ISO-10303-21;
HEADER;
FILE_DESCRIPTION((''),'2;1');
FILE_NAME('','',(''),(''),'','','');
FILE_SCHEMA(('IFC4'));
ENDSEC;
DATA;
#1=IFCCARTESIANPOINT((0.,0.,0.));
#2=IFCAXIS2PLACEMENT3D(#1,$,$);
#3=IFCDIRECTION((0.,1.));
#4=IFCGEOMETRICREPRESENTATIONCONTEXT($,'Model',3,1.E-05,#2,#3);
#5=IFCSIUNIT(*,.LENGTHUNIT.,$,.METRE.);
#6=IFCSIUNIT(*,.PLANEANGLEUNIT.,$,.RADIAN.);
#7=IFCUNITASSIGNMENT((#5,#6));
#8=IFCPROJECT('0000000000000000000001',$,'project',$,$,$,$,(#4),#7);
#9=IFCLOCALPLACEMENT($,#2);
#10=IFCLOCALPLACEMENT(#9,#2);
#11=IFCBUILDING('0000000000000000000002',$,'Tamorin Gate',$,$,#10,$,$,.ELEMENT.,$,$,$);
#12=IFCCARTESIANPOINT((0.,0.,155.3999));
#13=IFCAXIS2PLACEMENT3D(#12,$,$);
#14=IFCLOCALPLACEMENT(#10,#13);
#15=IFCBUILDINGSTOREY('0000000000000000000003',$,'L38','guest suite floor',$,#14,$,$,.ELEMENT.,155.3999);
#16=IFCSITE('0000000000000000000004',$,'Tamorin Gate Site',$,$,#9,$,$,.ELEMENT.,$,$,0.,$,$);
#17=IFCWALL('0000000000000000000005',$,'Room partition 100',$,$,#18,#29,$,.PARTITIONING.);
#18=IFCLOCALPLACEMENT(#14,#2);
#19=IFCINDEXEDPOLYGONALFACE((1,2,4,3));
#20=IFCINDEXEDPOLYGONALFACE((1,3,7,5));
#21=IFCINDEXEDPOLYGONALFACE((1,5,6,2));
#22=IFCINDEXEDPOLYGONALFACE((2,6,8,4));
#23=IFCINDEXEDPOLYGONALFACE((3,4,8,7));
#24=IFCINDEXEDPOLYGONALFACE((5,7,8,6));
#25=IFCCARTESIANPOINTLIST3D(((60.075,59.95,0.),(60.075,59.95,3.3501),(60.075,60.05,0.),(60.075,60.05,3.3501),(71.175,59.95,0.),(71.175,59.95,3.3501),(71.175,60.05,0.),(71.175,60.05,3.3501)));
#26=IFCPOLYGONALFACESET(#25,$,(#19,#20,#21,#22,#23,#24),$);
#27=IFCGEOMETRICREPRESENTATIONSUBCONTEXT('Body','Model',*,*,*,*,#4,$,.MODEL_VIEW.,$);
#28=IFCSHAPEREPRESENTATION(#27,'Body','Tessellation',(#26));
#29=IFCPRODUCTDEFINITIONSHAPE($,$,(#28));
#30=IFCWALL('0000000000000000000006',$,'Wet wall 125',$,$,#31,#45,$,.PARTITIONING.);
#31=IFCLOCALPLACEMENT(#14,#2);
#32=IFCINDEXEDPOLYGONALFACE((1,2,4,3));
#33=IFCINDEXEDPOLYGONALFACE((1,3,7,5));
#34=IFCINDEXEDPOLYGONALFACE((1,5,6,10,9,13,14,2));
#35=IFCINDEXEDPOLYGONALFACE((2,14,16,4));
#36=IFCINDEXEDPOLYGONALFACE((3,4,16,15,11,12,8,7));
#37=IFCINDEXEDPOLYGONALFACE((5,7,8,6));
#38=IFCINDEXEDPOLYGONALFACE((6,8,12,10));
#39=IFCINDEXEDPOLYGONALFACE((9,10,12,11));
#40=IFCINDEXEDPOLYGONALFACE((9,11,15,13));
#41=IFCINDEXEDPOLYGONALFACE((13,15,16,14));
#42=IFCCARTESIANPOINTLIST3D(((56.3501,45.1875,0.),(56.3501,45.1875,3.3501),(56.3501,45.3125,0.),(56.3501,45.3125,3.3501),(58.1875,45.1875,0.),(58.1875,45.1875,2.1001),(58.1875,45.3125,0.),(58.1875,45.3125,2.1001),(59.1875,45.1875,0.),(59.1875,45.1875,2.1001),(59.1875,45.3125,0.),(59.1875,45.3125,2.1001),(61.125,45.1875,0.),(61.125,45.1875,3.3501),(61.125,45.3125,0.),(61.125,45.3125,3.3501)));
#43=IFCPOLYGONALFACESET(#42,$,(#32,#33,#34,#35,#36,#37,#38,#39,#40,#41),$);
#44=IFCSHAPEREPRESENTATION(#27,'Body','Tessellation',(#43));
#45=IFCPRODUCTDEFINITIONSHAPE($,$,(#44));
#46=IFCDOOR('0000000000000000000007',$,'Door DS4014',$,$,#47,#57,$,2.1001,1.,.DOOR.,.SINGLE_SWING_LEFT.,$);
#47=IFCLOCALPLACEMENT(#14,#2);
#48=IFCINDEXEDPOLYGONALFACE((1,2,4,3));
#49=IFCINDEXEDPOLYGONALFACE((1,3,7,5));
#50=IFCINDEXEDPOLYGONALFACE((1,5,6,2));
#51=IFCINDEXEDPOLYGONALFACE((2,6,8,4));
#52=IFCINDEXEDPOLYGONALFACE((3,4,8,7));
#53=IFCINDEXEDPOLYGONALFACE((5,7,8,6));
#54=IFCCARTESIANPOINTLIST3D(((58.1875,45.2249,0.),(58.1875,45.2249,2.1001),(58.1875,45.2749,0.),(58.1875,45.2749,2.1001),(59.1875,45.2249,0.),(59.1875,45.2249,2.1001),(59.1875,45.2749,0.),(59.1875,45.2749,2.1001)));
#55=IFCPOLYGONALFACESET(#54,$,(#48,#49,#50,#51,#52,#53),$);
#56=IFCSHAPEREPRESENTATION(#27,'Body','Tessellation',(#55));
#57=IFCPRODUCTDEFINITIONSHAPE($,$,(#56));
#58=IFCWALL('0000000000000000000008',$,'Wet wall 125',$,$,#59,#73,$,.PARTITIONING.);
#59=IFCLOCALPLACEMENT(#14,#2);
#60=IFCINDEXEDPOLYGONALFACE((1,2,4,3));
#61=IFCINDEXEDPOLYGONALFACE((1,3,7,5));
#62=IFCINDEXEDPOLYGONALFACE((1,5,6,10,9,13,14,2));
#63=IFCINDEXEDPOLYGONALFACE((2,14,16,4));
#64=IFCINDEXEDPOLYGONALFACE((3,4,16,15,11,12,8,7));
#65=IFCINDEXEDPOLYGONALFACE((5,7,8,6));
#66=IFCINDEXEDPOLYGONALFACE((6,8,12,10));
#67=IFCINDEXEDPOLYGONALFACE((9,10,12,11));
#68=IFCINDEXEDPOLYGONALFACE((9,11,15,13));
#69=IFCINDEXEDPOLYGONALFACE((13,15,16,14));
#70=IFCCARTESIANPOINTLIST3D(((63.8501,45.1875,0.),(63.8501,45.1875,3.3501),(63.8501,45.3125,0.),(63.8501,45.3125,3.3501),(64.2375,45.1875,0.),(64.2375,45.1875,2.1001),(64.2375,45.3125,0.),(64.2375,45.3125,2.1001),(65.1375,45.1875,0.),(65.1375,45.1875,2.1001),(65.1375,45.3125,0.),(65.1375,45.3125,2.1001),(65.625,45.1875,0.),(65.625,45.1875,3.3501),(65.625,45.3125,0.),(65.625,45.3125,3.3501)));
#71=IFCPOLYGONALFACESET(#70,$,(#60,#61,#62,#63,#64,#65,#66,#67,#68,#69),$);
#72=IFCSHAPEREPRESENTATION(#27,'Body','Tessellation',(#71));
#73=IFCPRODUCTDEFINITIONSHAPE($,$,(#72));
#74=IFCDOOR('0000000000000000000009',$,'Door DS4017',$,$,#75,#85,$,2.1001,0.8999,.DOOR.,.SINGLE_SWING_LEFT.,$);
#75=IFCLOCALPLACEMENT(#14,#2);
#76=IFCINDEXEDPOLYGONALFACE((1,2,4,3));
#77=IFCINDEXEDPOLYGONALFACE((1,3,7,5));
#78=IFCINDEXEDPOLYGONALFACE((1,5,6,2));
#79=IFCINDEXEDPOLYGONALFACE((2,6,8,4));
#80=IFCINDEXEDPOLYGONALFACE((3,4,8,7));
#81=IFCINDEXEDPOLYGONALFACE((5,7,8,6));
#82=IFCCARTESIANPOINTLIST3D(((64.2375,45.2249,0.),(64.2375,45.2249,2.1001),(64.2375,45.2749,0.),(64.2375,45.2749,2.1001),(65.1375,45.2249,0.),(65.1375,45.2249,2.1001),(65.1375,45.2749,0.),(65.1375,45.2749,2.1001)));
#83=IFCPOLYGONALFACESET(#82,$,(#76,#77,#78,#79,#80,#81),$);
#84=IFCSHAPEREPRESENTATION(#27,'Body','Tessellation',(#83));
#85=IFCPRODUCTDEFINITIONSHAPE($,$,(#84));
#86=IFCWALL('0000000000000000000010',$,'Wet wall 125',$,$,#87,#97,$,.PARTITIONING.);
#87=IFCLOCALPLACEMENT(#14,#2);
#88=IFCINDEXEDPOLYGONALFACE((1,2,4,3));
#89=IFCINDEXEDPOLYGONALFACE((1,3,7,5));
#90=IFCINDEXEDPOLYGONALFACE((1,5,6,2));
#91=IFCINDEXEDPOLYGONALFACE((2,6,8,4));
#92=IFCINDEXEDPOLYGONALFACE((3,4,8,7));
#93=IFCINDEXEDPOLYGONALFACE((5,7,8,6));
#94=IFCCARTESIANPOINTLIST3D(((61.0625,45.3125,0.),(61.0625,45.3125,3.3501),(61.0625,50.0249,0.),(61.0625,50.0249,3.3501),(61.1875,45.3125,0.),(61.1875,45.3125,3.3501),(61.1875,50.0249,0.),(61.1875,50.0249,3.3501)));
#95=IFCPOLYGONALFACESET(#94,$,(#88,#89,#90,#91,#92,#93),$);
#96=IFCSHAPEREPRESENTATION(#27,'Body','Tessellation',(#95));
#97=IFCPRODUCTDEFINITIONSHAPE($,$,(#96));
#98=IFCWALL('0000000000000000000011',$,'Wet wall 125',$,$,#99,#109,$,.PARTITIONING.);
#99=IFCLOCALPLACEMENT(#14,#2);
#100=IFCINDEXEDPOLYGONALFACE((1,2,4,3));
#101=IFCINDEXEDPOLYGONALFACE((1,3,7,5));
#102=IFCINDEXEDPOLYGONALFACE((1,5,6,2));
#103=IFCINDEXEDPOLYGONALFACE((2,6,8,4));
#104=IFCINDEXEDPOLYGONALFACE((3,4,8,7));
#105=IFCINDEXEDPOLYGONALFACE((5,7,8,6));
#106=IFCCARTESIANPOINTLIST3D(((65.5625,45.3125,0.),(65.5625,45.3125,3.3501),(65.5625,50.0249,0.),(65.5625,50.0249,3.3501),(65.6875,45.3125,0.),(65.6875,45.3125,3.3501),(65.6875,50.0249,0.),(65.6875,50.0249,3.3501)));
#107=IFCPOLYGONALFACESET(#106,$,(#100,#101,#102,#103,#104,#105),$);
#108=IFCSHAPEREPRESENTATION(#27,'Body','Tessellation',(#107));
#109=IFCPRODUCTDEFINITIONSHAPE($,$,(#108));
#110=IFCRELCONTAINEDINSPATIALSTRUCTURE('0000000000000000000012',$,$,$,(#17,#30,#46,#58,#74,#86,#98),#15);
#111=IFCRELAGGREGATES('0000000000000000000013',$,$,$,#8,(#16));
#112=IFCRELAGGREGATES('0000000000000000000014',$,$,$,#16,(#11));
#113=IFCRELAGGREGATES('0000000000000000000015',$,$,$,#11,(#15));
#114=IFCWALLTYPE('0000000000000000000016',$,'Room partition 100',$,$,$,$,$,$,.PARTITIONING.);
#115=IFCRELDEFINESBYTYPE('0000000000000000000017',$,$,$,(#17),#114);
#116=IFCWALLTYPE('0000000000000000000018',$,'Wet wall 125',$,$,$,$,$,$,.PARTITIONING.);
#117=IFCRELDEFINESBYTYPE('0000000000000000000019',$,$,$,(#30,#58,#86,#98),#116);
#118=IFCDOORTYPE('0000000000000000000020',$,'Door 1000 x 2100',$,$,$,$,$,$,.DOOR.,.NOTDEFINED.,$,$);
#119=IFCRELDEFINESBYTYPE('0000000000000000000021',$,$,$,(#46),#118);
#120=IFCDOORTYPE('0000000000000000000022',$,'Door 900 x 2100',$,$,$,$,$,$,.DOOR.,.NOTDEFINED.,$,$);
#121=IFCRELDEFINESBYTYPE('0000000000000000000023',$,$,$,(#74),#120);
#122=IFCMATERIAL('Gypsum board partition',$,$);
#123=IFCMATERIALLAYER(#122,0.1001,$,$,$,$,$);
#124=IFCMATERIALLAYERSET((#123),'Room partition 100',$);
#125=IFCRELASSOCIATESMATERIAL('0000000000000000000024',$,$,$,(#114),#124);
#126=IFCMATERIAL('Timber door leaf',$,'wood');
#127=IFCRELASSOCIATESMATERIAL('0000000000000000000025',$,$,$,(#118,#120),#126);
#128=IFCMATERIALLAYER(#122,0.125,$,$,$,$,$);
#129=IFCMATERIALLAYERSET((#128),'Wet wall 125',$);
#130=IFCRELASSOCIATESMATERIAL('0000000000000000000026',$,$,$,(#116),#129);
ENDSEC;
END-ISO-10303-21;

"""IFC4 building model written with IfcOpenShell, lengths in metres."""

from ifc_helpers import new_model, si_unit, direction, frame, frame_2d, origin, place, context, subcontext, project, spatial, rectangle, extrude, material, layer, layer_set, type_object, element, fill, save


model = new_model("IFC4")

# Units and contexts
model_context = context("Model", 3, precision=1e-05, world=origin(), true_north=direction((0.0, 1.0)))
body_context = subcontext(model_context, "Body", "Model", "MODEL_VIEW")
ifc_project = project(units=[si_unit("LENGTHUNIT", "METRE"), si_unit("PLANEANGLEUNIT", "RADIAN")], contexts=[model_context])

# Site, building, storey
site_placement = place(None, origin())
site = spatial("IfcSite", under=ifc_project, at=site_placement, Name="Tamorin Gate Site", CompositionType="ELEMENT", RefElevation=0.0)
building_placement = place(site_placement, origin())
building = spatial("IfcBuilding", under=site, at=building_placement, Name="Tamorin Gate", CompositionType="ELEMENT")
storey_placement = place(building_placement, frame((0.0, 0.0, 155.3999)))
storey = spatial("IfcBuildingStorey", under=building, at=storey_placement, Name="L38", Description="guest suite floor", CompositionType="ELEMENT", Elevation=155.3999)

# Shared definitions
ifc_material_1 = material(Name="Gypsum board partition")
ifc_material_2 = material(Name="Timber door leaf", Category="wood")

# Shared definitions
ifc_layer_1 = layer(ifc_material_1, 0.1001)
ifc_layer_set_1 = layer_set([ifc_layer_1], Name="Room partition 100")
wall_type_1 = type_object("IfcWallType", Name="Room partition 100", PredefinedType="PARTITIONING", material=ifc_layer_set_1)
door_type_1 = type_object("IfcDoorType", Name="Door 1000 x 2100", OperationType="NOTDEFINED", PredefinedType="DOOR", material=ifc_material_2)
door_type_2 = type_object("IfcDoorType", Name="Door 900 x 2100", OperationType="NOTDEFINED", PredefinedType="DOOR", material=ifc_material_2)

# Wall
wall_1_placement = place(storey_placement, frame((60.075, 60.0, 0.0), z_axis=(0.0, 0.0, 1.0), x_axis=(1.0, 0.0, 0.0)))
element("IfcWall", 1, at=wall_1_placement, inside=storey, type_object=wall_type_1, Name="Room partition 100", PredefinedType="PARTITIONING", context=body_context, shape_type="SweptSolid", body=[
    extrude(rectangle(XDim=11.1001, YDim=0.1001, at=frame_2d((5.55, 0.0))), origin(), (0.0, 0.0, 1.0), 3.3501),
])

# Walls, openings, doors
ifc_layer_2 = layer(ifc_material_1, 0.125)
ifc_layer_set_2 = layer_set([ifc_layer_2], Name="Wet wall 125")
wall_type_2 = type_object("IfcWallType", Name="Wet wall 125", PredefinedType="PARTITIONING", material=ifc_layer_set_2)
wall_2_placement = place(storey_placement, frame((56.3501, 45.25, 0.0), z_axis=(0.0, 0.0, 1.0), x_axis=(1.0, 0.0, 0.0)))
wall_2 = element("IfcWall", 2, at=wall_2_placement, inside=storey, type_object=wall_type_2, Name="Wet wall 125", PredefinedType="PARTITIONING", context=body_context, shape_type="SweptSolid", body=[
    extrude(rectangle(XDim=4.7749, YDim=0.125, at=frame_2d((2.3875, 0.0))), origin(), (0.0, 0.0, 1.0), 3.3501),
])
opening_1_placement = place(wall_2_placement, frame((1.8374, 0.0, 0.0)))
opening_1 = element("IfcOpeningElement", 3, at=opening_1_placement, cuts=wall_2, PredefinedType="OPENING", context=body_context, shape_type="SweptSolid", body=[
    extrude(rectangle(XDim=1.0, YDim=2.1001, at=frame_2d((0.5, 1.05))), frame((0.0, 0.0725, 0.0), z_axis=(0.0, -1.0, 0.0), x_axis=(1.0, 0.0, 0.0)), (0.0, 0.0, 1.0), 0.145),
])
door_1_placement = place(opening_1_placement, origin())
door_1 = element("IfcDoor", 4, at=door_1_placement, inside=storey, type_object=door_type_1, Name="Door DS4014", OperationType="SINGLE_SWING_LEFT", OverallHeight=2.1001, OverallWidth=1.0, PredefinedType="DOOR", context=body_context, shape_type="SweptSolid", body=[
    extrude(rectangle(XDim=1.0, YDim=2.1001, at=frame_2d((0.5, 1.05))), frame((0.0, 0.0249, 0.0), z_axis=(0.0, -1.0, 0.0), x_axis=(1.0, 0.0, 0.0)), (0.0, 0.0, 1.0), 0.05),
])
fill(opening_1, door_1)
wall_3_placement = place(storey_placement, frame((63.8501, 45.25, 0.0), z_axis=(0.0, 0.0, 1.0), x_axis=(1.0, 0.0, 0.0)))
wall_3 = element("IfcWall", 5, at=wall_3_placement, inside=storey, type_object=wall_type_2, Name="Wet wall 125", PredefinedType="PARTITIONING", context=body_context, shape_type="SweptSolid", body=[
    extrude(rectangle(XDim=1.7749, YDim=0.125, at=frame_2d((0.8875, 0.0))), origin(), (0.0, 0.0, 1.0), 3.3501),
])
opening_2_placement = place(wall_3_placement, frame((0.3875, 0.0, 0.0)))
opening_2 = element("IfcOpeningElement", 6, at=opening_2_placement, cuts=wall_3, PredefinedType="OPENING", context=body_context, shape_type="SweptSolid", body=[
    extrude(rectangle(XDim=0.8999, YDim=2.1001, at=frame_2d((0.45, 1.05))), frame((0.0, 0.0725, 0.0), z_axis=(0.0, -1.0, 0.0), x_axis=(1.0, 0.0, 0.0)), (0.0, 0.0, 1.0), 0.145),
])
door_2_placement = place(opening_2_placement, origin())
door_2 = element("IfcDoor", 7, at=door_2_placement, inside=storey, type_object=door_type_2, Name="Door DS4017", OperationType="SINGLE_SWING_LEFT", OverallHeight=2.1001, OverallWidth=0.8999, PredefinedType="DOOR", context=body_context, shape_type="SweptSolid", body=[
    extrude(rectangle(XDim=0.8999, YDim=2.1001, at=frame_2d((0.45, 1.05))), frame((0.0, 0.0249, 0.0), z_axis=(0.0, -1.0, 0.0), x_axis=(1.0, 0.0, 0.0)), (0.0, 0.0, 1.0), 0.05),
])
fill(opening_2, door_2)

# Walls
for number, where, z_axis, x_axis, name in (
    (8, (61.125, 45.3125, 0.0), (0.0, 0.0, 1.0), (0.0, 1.0, 0.0), "Wet wall 125"),
    (9, (65.625, 45.3125, 0.0), (0.0, 0.0, 1.0), (0.0, 1.0, 0.0), "Wet wall 125"),
):
    element("IfcWall", number, at=place(storey_placement, frame(where, z_axis=z_axis, x_axis=x_axis)), inside=storey, type_object=wall_type_2, Name=name, PredefinedType="PARTITIONING", context=body_context, shape_type="SweptSolid", body=[
        extrude(rectangle(XDim=4.7124, YDim=0.125, at=frame_2d((2.3562, 0.0))), origin(), (0.0, 0.0, 1.0), 3.3501),
    ])

save(model, "model.ifc")
